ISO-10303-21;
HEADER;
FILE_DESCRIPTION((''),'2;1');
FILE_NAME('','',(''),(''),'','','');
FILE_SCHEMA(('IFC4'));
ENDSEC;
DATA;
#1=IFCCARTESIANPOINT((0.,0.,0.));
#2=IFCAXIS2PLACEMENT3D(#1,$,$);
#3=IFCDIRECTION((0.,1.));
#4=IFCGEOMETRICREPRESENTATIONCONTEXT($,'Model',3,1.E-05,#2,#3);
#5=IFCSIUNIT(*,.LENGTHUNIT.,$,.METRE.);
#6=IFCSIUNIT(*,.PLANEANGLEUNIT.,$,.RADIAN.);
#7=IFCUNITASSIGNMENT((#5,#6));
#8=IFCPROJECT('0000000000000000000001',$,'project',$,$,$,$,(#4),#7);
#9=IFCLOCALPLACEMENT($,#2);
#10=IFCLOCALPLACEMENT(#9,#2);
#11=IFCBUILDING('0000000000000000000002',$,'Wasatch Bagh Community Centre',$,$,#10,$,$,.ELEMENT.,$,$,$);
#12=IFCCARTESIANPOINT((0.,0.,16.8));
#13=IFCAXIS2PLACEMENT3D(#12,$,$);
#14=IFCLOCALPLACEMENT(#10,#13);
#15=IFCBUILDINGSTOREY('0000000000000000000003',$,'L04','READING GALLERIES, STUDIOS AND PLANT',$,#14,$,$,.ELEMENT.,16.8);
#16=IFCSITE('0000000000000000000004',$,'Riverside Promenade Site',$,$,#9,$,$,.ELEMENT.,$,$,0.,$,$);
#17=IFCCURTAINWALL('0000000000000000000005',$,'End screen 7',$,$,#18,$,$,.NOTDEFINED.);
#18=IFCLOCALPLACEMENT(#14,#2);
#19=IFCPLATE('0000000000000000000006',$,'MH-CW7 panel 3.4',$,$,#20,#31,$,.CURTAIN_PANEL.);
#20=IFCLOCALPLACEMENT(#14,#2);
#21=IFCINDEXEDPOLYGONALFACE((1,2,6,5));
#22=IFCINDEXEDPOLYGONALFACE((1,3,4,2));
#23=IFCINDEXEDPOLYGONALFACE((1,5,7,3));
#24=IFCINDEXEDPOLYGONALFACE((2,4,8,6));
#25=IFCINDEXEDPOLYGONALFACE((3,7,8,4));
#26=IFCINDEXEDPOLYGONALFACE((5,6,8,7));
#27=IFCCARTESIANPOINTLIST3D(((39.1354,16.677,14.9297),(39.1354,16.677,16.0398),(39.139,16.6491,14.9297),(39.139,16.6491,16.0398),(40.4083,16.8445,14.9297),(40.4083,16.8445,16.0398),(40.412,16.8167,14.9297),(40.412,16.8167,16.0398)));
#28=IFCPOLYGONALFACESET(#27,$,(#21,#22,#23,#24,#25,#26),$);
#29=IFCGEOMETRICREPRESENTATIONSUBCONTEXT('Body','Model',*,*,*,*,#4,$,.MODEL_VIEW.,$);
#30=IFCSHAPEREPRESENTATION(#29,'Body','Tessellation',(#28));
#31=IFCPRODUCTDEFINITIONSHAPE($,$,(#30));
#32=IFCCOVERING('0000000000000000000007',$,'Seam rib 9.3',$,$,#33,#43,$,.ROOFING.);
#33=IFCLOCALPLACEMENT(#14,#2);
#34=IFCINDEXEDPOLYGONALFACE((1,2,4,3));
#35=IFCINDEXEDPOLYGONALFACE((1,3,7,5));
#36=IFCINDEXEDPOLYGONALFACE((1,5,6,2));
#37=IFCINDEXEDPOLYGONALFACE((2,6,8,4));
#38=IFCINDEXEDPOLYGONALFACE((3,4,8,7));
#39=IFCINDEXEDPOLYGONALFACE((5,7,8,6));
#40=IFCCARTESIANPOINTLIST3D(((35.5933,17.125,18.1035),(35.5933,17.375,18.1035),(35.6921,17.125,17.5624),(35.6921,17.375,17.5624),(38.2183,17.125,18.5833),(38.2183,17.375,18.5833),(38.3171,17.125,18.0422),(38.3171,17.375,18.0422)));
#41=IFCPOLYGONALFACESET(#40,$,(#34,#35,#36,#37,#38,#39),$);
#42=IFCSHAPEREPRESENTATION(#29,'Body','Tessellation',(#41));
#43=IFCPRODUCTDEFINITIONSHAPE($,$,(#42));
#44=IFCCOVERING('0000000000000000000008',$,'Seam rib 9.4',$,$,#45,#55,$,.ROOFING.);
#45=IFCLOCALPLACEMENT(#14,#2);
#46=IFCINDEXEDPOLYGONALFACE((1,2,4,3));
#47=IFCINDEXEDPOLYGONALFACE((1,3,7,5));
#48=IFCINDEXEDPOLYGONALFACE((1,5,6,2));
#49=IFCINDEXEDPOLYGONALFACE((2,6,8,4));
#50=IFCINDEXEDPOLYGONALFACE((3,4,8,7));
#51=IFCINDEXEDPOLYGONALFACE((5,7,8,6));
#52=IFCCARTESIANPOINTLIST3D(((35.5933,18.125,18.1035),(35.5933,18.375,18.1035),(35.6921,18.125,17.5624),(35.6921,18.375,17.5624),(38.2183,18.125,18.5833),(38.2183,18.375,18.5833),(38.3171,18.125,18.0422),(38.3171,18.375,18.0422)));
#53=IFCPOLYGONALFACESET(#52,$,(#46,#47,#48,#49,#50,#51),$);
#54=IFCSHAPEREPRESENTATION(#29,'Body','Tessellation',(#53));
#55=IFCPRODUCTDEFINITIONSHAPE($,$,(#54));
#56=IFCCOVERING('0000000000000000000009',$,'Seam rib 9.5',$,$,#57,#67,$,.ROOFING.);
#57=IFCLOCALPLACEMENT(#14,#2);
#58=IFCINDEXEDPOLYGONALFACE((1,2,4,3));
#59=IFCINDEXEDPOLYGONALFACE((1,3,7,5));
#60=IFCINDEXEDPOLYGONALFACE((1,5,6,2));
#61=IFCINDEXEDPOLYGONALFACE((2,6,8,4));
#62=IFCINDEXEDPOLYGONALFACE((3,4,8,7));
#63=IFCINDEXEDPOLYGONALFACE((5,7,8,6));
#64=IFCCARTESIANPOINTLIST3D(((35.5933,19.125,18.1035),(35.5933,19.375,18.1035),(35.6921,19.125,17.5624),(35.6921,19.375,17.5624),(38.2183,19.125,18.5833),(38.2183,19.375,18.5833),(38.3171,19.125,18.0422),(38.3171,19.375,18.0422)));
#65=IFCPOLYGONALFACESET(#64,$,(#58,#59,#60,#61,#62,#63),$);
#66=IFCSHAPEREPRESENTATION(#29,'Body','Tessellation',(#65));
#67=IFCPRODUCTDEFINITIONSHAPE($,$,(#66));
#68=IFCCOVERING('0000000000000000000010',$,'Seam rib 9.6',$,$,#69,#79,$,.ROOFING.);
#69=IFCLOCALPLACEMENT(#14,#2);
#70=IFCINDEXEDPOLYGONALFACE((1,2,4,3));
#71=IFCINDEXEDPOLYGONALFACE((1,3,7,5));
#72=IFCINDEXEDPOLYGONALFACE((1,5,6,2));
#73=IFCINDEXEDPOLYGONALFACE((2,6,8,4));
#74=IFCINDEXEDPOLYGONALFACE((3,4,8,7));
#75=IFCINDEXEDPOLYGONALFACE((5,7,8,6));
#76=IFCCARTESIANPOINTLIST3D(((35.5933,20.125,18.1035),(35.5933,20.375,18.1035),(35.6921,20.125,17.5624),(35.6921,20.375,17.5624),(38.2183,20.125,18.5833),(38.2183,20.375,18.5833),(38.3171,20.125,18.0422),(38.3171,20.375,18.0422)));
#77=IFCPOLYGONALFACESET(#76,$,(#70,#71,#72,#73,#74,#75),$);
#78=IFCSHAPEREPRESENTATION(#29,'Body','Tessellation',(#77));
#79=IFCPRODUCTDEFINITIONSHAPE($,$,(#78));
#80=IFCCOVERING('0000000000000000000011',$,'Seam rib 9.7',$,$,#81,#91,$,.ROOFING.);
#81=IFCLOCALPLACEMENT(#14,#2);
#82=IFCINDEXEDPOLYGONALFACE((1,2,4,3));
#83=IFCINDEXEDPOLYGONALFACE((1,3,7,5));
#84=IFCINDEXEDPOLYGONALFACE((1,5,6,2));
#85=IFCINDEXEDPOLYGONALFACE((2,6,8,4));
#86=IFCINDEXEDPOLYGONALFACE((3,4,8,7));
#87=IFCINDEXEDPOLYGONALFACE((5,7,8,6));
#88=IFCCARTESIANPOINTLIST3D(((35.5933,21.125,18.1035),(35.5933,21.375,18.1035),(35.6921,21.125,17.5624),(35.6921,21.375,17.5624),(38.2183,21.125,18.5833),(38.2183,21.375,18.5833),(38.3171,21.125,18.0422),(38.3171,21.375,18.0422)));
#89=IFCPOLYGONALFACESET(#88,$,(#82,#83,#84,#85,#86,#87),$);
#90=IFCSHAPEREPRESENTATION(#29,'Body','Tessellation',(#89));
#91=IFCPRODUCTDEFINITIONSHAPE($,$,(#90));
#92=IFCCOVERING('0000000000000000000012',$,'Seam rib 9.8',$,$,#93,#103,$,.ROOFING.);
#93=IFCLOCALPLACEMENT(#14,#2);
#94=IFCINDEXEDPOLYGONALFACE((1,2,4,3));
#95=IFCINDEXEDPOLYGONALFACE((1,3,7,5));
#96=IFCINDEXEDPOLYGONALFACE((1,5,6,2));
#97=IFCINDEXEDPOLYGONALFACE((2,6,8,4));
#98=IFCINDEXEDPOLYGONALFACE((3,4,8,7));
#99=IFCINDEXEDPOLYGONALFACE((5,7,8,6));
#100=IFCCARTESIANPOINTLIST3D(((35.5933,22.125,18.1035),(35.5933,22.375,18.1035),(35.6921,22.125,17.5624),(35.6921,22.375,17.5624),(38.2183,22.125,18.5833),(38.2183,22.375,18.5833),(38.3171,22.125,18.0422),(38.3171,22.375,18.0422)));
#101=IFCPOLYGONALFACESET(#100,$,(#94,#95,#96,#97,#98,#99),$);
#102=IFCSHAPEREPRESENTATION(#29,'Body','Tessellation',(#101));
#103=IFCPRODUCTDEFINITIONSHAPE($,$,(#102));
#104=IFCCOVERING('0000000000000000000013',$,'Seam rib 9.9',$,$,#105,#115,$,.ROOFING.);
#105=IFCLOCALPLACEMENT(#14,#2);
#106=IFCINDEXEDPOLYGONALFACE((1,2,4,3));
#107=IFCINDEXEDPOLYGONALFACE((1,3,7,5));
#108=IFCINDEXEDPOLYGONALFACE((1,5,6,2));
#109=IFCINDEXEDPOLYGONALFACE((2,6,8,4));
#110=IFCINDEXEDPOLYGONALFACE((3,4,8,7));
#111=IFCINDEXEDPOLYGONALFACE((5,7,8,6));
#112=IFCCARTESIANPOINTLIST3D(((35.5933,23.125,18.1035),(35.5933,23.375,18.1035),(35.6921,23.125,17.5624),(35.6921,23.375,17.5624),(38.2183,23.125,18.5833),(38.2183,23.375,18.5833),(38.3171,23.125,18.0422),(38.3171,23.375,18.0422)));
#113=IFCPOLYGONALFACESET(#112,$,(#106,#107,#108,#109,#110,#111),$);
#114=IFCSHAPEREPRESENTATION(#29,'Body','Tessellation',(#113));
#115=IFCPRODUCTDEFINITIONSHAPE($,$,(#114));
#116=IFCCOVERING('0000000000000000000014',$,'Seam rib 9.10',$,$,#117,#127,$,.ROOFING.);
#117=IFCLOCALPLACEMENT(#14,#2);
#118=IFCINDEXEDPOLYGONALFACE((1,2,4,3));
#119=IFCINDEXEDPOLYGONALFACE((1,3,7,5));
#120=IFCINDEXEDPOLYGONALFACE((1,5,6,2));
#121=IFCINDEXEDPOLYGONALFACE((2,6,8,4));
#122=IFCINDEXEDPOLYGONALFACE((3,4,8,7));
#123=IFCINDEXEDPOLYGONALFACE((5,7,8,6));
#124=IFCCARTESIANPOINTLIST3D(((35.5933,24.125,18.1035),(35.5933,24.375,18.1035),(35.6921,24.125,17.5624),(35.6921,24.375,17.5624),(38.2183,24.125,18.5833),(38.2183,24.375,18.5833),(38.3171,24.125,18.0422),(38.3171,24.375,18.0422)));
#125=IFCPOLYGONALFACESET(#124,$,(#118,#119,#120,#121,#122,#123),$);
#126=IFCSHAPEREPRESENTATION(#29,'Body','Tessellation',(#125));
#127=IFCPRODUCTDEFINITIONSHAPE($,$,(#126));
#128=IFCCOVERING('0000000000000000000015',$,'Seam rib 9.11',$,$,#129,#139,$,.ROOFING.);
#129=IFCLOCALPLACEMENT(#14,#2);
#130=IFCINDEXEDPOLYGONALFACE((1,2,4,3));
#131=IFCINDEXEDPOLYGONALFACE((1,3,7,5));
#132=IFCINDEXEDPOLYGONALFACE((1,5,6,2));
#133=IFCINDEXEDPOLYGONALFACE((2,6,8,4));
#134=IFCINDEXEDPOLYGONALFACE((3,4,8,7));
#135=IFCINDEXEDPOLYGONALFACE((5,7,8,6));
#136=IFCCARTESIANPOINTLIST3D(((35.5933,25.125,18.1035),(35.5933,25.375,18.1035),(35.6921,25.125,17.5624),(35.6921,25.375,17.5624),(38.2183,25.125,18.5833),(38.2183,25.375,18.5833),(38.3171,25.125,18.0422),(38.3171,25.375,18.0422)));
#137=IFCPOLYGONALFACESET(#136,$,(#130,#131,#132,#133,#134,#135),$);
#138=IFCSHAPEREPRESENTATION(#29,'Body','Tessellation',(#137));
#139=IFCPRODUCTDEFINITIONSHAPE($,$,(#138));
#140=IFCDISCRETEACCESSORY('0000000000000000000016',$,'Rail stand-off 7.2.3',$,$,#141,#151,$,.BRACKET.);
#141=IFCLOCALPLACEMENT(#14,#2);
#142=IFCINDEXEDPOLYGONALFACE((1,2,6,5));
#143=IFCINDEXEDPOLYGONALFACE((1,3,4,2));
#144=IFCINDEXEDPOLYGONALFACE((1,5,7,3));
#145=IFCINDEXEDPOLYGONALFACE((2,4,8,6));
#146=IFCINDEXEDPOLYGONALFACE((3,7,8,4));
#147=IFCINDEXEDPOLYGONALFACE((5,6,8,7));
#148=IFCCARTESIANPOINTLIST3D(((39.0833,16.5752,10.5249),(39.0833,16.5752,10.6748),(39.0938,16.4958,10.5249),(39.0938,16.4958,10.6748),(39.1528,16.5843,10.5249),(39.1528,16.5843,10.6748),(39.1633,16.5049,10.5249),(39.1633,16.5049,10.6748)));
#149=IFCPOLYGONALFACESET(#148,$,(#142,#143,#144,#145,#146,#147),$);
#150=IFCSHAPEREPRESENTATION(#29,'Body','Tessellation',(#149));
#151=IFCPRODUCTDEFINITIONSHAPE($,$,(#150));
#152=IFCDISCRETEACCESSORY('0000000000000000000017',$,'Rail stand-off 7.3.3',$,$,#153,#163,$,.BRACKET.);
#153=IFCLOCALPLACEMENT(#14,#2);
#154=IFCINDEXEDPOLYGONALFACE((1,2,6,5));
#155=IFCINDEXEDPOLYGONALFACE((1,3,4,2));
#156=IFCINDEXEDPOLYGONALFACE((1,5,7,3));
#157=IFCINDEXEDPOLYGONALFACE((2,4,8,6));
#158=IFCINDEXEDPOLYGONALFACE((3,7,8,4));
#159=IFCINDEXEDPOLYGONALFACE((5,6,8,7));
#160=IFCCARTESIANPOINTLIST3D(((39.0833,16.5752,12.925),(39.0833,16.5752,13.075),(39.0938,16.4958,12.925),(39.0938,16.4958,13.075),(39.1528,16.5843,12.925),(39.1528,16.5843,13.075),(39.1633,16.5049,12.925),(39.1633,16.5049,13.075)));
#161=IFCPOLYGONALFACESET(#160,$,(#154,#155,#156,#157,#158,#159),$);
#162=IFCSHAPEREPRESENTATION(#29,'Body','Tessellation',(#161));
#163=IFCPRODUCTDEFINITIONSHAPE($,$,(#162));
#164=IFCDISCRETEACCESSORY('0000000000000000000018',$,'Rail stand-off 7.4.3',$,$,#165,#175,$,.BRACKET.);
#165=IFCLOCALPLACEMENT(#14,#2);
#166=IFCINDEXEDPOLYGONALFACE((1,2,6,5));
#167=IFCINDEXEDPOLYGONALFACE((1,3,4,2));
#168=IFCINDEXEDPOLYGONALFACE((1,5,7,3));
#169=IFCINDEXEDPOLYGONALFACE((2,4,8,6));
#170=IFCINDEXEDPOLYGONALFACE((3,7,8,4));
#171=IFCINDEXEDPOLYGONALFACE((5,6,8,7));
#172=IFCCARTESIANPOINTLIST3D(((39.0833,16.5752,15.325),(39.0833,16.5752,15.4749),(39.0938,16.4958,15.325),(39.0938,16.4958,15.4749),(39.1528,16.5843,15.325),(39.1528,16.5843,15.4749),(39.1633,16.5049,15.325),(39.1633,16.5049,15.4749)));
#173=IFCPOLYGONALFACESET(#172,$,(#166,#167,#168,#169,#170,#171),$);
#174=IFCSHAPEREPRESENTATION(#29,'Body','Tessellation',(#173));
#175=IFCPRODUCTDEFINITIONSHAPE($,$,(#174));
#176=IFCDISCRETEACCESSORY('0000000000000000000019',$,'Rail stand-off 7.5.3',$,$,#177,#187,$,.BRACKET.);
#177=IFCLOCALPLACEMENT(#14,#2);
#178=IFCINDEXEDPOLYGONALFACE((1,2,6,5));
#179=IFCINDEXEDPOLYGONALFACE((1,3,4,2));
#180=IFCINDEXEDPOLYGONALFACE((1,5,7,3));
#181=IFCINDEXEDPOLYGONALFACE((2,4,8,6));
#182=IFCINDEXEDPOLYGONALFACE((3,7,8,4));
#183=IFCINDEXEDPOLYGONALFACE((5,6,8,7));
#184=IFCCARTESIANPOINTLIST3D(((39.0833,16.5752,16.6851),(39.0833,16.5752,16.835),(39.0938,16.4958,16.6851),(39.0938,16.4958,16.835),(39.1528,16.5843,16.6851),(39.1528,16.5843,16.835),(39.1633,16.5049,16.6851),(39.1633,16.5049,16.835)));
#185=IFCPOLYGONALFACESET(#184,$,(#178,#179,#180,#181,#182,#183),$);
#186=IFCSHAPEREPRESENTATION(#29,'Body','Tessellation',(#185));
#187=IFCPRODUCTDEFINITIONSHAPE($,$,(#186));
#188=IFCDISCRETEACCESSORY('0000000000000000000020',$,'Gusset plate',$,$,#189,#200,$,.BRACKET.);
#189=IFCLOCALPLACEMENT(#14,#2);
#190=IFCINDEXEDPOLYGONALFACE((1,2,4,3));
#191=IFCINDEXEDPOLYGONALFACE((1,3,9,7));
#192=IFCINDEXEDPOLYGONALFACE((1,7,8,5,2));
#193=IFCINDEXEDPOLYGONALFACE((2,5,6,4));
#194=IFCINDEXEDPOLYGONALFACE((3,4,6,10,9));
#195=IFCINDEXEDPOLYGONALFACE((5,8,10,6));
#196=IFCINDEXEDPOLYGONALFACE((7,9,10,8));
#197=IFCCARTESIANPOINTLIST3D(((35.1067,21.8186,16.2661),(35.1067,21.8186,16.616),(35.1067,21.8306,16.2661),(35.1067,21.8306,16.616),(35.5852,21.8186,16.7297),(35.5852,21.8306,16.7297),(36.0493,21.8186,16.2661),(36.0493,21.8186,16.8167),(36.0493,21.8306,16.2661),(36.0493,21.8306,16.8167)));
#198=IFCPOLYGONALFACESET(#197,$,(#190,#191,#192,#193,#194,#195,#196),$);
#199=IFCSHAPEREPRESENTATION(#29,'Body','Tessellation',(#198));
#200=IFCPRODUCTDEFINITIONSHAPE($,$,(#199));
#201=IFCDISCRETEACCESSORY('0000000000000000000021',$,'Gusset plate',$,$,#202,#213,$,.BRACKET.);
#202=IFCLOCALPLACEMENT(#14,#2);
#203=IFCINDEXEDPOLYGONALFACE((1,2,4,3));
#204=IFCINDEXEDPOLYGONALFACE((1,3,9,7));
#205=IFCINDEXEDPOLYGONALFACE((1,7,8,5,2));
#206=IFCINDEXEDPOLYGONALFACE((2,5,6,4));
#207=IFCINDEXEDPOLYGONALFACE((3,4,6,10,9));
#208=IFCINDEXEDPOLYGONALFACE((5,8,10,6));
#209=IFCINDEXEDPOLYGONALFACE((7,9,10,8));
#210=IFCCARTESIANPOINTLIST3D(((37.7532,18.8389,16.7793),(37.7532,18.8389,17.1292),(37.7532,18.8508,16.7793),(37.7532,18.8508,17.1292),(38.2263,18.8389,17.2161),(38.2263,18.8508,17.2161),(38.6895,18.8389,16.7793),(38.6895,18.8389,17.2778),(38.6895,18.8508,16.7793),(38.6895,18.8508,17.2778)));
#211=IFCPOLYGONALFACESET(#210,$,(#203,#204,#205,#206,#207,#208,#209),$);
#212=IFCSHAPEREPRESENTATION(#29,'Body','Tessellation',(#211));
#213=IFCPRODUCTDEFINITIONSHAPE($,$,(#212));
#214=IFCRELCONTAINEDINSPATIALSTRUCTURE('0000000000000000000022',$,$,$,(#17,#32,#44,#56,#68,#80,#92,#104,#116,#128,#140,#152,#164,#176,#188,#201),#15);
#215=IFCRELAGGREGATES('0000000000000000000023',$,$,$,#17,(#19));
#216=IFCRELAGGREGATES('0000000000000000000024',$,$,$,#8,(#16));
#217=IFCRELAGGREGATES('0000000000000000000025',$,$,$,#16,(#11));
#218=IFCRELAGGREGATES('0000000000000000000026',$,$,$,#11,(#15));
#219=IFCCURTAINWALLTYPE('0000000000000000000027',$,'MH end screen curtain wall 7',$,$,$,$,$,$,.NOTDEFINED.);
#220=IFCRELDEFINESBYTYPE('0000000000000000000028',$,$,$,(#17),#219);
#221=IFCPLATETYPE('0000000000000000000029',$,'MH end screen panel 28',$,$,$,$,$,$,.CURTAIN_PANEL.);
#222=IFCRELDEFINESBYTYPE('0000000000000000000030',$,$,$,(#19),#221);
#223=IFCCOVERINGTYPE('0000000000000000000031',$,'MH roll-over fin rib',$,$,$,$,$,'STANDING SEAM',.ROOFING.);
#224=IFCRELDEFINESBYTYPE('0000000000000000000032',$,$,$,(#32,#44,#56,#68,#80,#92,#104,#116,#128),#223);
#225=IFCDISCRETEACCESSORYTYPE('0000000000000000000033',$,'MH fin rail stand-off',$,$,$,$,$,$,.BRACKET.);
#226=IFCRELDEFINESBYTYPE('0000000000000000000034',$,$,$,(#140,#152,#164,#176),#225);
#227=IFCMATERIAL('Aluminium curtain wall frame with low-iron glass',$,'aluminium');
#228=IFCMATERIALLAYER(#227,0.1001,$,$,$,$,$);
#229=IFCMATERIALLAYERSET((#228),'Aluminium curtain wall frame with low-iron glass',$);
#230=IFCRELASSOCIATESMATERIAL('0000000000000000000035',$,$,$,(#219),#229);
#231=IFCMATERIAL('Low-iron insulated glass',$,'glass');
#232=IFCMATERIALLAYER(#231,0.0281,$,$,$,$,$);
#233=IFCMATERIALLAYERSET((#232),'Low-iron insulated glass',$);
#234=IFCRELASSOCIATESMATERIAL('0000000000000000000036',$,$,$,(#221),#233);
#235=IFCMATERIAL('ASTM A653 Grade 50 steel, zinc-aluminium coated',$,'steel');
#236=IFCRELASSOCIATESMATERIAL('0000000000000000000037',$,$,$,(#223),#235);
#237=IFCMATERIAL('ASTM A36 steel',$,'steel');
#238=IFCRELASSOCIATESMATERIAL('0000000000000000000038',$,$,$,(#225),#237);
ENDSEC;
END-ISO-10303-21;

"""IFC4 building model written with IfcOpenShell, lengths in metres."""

from ifc_helpers import new_model, si_unit, direction, frame, origin, origin_2d, place, context, subcontext, project, spatial, polyline, rectangle, outline, extrude, material, layer, layer_set, type_object, element, aggregate, save


model = new_model("IFC4")

# Units and contexts
model_context = context("Model", 3, precision=1e-05, world=origin(), true_north=direction((0.0, 1.0)))
body_context = subcontext(model_context, "Body", "Model", "MODEL_VIEW")
ifc_project = project(units=[si_unit("LENGTHUNIT", "METRE"), si_unit("PLANEANGLEUNIT", "RADIAN")], contexts=[model_context])

# Site, building, storey
site_placement = place(None, origin())
site = spatial("IfcSite", under=ifc_project, at=site_placement, Name="Riverside Promenade Site", CompositionType="ELEMENT", RefElevation=0.0)
building_placement = place(site_placement, origin())
building = spatial("IfcBuilding", under=site, at=building_placement, Name="Wasatch Bagh Community Centre", CompositionType="ELEMENT")
storey_placement = place(building_placement, frame((0.0, 0.0, 16.8)))
storey = spatial("IfcBuildingStorey", under=building, at=storey_placement, Name="L04", Description="READING GALLERIES, STUDIOS AND PLANT", CompositionType="ELEMENT", Elevation=16.8)

# Curtain wall
ifc_material_1 = material(Name="Aluminium curtain wall frame with low-iron glass", Category="aluminium")
ifc_layer_1 = layer(ifc_material_1, 0.1001)
ifc_layer_set_1 = layer_set([ifc_layer_1], Name="Aluminium curtain wall frame with low-iron glass")
curtain_wall_type = type_object("IfcCurtainWallType", Name="MH end screen curtain wall 7", PredefinedType="NOTDEFINED", material=ifc_layer_set_1)
curtain_wall_placement = place(storey_placement, origin())
curtain_wall = element("IfcCurtainWall", 1, at=curtain_wall_placement, inside=storey, type_object=curtain_wall_type, Name="End screen 7", PredefinedType="NOTDEFINED")

# Plate
ifc_material_2 = material(Name="Low-iron insulated glass", Category="glass")
ifc_layer_2 = layer(ifc_material_2, 0.0281)
ifc_layer_set_2 = layer_set([ifc_layer_2], Name="Low-iron insulated glass")
plate_type = type_object("IfcPlateType", Name="MH end screen panel 28", PredefinedType="CURTAIN_PANEL", material=ifc_layer_set_2)
plate_1_placement = place(storey_placement, frame((39.7737, 16.7468, 14.9297), z_axis=(0.0, 0.0, 1.0), x_axis=(0.991445, 0.130526, 0.0)))
plate_1 = element("IfcPlate", 2, at=plate_1_placement, type_object=plate_type, Name="MH-CW7 panel 3.4", PredefinedType="CURTAIN_PANEL", context=body_context, shape_type="SweptSolid", body=[
    extrude(rectangle(XDim=1.2839, YDim=0.0281, at=origin_2d()), origin(), (0.0, 0.0, 1.0), 1.1101),
])
aggregate(curtain_wall, [plate_1])

# Coverings
ifc_material_3 = material(Name="ASTM A653 Grade 50 steel, zinc-aluminium coated", Category="steel")
covering_type = type_object("IfcCoveringType", Name="MH roll-over fin rib", ElementType="STANDING SEAM", PredefinedType="ROOFING", material=ifc_material_3)
for number, where, z_axis, x_axis, name in (
    (3, (35.5933, 17.125, 18.1035), (-0.179779, 0.0, 0.983707), (0.983707, 0.0, 0.179779), "Seam rib 9.3"),
    (4, (35.5933, 18.125, 18.1035), (-0.179779, 0.0, 0.983707), (0.983707, 0.0, 0.179779), "Seam rib 9.4"),
    (5, (35.5933, 19.125, 18.1035), (-0.179779, 0.0, 0.983707), (0.983707, 0.0, 0.179779), "Seam rib 9.5"),
    (6, (35.5933, 20.125, 18.1035), (-0.179779, 0.0, 0.983707), (0.983707, 0.0, 0.179779), "Seam rib 9.6"),
    (7, (35.5933, 21.125, 18.1035), (-0.179779, 0.0, 0.983707), (0.983707, 0.0, 0.179779), "Seam rib 9.7"),
    (8, (35.5933, 22.125, 18.1035), (-0.179779, 0.0, 0.983707), (0.983707, 0.0, 0.179779), "Seam rib 9.8"),
    (9, (35.5933, 23.125, 18.1035), (-0.179779, 0.0, 0.983707), (0.983707, 0.0, 0.179779), "Seam rib 9.9"),
    (10, (35.5933, 24.125, 18.1035), (-0.179779, 0.0, 0.983707), (0.983707, 0.0, 0.179779), "Seam rib 9.10"),
    (11, (35.5933, 25.125, 18.1035), (-0.179779, 0.0, 0.983707), (0.983707, 0.0, 0.179779), "Seam rib 9.11"),
):
    element("IfcCovering", number, at=place(storey_placement, frame(where, z_axis=z_axis, x_axis=x_axis)), inside=storey, type_object=covering_type, Name=name, PredefinedType="ROOFING", context=body_context, shape_type="SweptSolid", body=[
        extrude(outline(polyline([(0.0, 0.0), (2.6685, 0.0), (2.6685, 0.25), (0.0, 0.25), (0.0, 0.0)])), origin(), (0.0, 0.0, -1.0), 0.55),
    ])

# Discrete accessories
ifc_material_4 = material(Name="ASTM A36 steel", Category="steel")
discrete_accessory_type = type_object("IfcDiscreteAccessoryType", Name="MH fin rail stand-off", PredefinedType="BRACKET", material=ifc_material_4)
for number, where, z_axis, x_axis, name in (
    (12, (39.1233, 16.54, 10.5249), (0.0, 0.0, 1.0), (0.991445, 0.130526, 0.0), "Rail stand-off 7.2.3"),
    (13, (39.1233, 16.54, 12.925), (0.0, 0.0, 1.0), (0.991445, 0.130526, 0.0), "Rail stand-off 7.3.3"),
    (14, (39.1233, 16.54, 15.325), (0.0, 0.0, 1.0), (0.991445, 0.130526, 0.0), "Rail stand-off 7.4.3"),
    (15, (39.1233, 16.54, 16.6851), (0.0, 0.0, 1.0), (0.991445, 0.130526, 0.0), "Rail stand-off 7.5.3"),
):
    element("IfcDiscreteAccessory", number, at=place(storey_placement, frame(where, z_axis=z_axis, x_axis=x_axis)), inside=storey, type_object=discrete_accessory_type, Name=name, PredefinedType="BRACKET", context=body_context, shape_type="SweptSolid", body=[
        extrude(rectangle(XDim=0.0701, YDim=0.0801, at=origin_2d()), origin(), (0.0, 0.0, 1.0), 0.1499),
    ])
discrete_accessory_1_placement = place(storey_placement, frame((35.1067, 21.8306, 16.616), z_axis=(0.0, 1.0, 0.0), x_axis=(0.972881, 0.0, 0.231307)))
element("IfcDiscreteAccessory", 16, at=discrete_accessory_1_placement, inside=storey, Name="Gusset plate", PredefinedType="BRACKET", context=body_context, shape_type="SweptSolid", body=[
    extrude(outline(polyline([(0.0, 0.0), (0.4919, 0.0), (0.9635, 0.0228), (0.8361, 0.5584), (-0.0809, 0.3404), (0.0, 0.0)])), origin(), (0.0, 0.0, -1.0), 0.012),
])
discrete_accessory_2_placement = place(storey_placement, frame((37.7532, 18.8508, 17.1292), z_axis=(0.0, 1.0, 0.0), x_axis=(0.983543, 0.0, 0.180672)))
element("IfcDiscreteAccessory", 17, at=discrete_accessory_2_placement, inside=storey, Name="Gusset plate", PredefinedType="BRACKET", context=body_context, shape_type="SweptSolid", body=[
    extrude(outline(polyline([(0.0, 0.0), (0.4811, 0.0), (0.9477, 0.0229), (0.8577, 0.5133), (-0.0632, 0.3441), (0.0, 0.0)])), origin(), (0.0, 0.0, -1.0), 0.012),
])

save(model, "model.ifc")
